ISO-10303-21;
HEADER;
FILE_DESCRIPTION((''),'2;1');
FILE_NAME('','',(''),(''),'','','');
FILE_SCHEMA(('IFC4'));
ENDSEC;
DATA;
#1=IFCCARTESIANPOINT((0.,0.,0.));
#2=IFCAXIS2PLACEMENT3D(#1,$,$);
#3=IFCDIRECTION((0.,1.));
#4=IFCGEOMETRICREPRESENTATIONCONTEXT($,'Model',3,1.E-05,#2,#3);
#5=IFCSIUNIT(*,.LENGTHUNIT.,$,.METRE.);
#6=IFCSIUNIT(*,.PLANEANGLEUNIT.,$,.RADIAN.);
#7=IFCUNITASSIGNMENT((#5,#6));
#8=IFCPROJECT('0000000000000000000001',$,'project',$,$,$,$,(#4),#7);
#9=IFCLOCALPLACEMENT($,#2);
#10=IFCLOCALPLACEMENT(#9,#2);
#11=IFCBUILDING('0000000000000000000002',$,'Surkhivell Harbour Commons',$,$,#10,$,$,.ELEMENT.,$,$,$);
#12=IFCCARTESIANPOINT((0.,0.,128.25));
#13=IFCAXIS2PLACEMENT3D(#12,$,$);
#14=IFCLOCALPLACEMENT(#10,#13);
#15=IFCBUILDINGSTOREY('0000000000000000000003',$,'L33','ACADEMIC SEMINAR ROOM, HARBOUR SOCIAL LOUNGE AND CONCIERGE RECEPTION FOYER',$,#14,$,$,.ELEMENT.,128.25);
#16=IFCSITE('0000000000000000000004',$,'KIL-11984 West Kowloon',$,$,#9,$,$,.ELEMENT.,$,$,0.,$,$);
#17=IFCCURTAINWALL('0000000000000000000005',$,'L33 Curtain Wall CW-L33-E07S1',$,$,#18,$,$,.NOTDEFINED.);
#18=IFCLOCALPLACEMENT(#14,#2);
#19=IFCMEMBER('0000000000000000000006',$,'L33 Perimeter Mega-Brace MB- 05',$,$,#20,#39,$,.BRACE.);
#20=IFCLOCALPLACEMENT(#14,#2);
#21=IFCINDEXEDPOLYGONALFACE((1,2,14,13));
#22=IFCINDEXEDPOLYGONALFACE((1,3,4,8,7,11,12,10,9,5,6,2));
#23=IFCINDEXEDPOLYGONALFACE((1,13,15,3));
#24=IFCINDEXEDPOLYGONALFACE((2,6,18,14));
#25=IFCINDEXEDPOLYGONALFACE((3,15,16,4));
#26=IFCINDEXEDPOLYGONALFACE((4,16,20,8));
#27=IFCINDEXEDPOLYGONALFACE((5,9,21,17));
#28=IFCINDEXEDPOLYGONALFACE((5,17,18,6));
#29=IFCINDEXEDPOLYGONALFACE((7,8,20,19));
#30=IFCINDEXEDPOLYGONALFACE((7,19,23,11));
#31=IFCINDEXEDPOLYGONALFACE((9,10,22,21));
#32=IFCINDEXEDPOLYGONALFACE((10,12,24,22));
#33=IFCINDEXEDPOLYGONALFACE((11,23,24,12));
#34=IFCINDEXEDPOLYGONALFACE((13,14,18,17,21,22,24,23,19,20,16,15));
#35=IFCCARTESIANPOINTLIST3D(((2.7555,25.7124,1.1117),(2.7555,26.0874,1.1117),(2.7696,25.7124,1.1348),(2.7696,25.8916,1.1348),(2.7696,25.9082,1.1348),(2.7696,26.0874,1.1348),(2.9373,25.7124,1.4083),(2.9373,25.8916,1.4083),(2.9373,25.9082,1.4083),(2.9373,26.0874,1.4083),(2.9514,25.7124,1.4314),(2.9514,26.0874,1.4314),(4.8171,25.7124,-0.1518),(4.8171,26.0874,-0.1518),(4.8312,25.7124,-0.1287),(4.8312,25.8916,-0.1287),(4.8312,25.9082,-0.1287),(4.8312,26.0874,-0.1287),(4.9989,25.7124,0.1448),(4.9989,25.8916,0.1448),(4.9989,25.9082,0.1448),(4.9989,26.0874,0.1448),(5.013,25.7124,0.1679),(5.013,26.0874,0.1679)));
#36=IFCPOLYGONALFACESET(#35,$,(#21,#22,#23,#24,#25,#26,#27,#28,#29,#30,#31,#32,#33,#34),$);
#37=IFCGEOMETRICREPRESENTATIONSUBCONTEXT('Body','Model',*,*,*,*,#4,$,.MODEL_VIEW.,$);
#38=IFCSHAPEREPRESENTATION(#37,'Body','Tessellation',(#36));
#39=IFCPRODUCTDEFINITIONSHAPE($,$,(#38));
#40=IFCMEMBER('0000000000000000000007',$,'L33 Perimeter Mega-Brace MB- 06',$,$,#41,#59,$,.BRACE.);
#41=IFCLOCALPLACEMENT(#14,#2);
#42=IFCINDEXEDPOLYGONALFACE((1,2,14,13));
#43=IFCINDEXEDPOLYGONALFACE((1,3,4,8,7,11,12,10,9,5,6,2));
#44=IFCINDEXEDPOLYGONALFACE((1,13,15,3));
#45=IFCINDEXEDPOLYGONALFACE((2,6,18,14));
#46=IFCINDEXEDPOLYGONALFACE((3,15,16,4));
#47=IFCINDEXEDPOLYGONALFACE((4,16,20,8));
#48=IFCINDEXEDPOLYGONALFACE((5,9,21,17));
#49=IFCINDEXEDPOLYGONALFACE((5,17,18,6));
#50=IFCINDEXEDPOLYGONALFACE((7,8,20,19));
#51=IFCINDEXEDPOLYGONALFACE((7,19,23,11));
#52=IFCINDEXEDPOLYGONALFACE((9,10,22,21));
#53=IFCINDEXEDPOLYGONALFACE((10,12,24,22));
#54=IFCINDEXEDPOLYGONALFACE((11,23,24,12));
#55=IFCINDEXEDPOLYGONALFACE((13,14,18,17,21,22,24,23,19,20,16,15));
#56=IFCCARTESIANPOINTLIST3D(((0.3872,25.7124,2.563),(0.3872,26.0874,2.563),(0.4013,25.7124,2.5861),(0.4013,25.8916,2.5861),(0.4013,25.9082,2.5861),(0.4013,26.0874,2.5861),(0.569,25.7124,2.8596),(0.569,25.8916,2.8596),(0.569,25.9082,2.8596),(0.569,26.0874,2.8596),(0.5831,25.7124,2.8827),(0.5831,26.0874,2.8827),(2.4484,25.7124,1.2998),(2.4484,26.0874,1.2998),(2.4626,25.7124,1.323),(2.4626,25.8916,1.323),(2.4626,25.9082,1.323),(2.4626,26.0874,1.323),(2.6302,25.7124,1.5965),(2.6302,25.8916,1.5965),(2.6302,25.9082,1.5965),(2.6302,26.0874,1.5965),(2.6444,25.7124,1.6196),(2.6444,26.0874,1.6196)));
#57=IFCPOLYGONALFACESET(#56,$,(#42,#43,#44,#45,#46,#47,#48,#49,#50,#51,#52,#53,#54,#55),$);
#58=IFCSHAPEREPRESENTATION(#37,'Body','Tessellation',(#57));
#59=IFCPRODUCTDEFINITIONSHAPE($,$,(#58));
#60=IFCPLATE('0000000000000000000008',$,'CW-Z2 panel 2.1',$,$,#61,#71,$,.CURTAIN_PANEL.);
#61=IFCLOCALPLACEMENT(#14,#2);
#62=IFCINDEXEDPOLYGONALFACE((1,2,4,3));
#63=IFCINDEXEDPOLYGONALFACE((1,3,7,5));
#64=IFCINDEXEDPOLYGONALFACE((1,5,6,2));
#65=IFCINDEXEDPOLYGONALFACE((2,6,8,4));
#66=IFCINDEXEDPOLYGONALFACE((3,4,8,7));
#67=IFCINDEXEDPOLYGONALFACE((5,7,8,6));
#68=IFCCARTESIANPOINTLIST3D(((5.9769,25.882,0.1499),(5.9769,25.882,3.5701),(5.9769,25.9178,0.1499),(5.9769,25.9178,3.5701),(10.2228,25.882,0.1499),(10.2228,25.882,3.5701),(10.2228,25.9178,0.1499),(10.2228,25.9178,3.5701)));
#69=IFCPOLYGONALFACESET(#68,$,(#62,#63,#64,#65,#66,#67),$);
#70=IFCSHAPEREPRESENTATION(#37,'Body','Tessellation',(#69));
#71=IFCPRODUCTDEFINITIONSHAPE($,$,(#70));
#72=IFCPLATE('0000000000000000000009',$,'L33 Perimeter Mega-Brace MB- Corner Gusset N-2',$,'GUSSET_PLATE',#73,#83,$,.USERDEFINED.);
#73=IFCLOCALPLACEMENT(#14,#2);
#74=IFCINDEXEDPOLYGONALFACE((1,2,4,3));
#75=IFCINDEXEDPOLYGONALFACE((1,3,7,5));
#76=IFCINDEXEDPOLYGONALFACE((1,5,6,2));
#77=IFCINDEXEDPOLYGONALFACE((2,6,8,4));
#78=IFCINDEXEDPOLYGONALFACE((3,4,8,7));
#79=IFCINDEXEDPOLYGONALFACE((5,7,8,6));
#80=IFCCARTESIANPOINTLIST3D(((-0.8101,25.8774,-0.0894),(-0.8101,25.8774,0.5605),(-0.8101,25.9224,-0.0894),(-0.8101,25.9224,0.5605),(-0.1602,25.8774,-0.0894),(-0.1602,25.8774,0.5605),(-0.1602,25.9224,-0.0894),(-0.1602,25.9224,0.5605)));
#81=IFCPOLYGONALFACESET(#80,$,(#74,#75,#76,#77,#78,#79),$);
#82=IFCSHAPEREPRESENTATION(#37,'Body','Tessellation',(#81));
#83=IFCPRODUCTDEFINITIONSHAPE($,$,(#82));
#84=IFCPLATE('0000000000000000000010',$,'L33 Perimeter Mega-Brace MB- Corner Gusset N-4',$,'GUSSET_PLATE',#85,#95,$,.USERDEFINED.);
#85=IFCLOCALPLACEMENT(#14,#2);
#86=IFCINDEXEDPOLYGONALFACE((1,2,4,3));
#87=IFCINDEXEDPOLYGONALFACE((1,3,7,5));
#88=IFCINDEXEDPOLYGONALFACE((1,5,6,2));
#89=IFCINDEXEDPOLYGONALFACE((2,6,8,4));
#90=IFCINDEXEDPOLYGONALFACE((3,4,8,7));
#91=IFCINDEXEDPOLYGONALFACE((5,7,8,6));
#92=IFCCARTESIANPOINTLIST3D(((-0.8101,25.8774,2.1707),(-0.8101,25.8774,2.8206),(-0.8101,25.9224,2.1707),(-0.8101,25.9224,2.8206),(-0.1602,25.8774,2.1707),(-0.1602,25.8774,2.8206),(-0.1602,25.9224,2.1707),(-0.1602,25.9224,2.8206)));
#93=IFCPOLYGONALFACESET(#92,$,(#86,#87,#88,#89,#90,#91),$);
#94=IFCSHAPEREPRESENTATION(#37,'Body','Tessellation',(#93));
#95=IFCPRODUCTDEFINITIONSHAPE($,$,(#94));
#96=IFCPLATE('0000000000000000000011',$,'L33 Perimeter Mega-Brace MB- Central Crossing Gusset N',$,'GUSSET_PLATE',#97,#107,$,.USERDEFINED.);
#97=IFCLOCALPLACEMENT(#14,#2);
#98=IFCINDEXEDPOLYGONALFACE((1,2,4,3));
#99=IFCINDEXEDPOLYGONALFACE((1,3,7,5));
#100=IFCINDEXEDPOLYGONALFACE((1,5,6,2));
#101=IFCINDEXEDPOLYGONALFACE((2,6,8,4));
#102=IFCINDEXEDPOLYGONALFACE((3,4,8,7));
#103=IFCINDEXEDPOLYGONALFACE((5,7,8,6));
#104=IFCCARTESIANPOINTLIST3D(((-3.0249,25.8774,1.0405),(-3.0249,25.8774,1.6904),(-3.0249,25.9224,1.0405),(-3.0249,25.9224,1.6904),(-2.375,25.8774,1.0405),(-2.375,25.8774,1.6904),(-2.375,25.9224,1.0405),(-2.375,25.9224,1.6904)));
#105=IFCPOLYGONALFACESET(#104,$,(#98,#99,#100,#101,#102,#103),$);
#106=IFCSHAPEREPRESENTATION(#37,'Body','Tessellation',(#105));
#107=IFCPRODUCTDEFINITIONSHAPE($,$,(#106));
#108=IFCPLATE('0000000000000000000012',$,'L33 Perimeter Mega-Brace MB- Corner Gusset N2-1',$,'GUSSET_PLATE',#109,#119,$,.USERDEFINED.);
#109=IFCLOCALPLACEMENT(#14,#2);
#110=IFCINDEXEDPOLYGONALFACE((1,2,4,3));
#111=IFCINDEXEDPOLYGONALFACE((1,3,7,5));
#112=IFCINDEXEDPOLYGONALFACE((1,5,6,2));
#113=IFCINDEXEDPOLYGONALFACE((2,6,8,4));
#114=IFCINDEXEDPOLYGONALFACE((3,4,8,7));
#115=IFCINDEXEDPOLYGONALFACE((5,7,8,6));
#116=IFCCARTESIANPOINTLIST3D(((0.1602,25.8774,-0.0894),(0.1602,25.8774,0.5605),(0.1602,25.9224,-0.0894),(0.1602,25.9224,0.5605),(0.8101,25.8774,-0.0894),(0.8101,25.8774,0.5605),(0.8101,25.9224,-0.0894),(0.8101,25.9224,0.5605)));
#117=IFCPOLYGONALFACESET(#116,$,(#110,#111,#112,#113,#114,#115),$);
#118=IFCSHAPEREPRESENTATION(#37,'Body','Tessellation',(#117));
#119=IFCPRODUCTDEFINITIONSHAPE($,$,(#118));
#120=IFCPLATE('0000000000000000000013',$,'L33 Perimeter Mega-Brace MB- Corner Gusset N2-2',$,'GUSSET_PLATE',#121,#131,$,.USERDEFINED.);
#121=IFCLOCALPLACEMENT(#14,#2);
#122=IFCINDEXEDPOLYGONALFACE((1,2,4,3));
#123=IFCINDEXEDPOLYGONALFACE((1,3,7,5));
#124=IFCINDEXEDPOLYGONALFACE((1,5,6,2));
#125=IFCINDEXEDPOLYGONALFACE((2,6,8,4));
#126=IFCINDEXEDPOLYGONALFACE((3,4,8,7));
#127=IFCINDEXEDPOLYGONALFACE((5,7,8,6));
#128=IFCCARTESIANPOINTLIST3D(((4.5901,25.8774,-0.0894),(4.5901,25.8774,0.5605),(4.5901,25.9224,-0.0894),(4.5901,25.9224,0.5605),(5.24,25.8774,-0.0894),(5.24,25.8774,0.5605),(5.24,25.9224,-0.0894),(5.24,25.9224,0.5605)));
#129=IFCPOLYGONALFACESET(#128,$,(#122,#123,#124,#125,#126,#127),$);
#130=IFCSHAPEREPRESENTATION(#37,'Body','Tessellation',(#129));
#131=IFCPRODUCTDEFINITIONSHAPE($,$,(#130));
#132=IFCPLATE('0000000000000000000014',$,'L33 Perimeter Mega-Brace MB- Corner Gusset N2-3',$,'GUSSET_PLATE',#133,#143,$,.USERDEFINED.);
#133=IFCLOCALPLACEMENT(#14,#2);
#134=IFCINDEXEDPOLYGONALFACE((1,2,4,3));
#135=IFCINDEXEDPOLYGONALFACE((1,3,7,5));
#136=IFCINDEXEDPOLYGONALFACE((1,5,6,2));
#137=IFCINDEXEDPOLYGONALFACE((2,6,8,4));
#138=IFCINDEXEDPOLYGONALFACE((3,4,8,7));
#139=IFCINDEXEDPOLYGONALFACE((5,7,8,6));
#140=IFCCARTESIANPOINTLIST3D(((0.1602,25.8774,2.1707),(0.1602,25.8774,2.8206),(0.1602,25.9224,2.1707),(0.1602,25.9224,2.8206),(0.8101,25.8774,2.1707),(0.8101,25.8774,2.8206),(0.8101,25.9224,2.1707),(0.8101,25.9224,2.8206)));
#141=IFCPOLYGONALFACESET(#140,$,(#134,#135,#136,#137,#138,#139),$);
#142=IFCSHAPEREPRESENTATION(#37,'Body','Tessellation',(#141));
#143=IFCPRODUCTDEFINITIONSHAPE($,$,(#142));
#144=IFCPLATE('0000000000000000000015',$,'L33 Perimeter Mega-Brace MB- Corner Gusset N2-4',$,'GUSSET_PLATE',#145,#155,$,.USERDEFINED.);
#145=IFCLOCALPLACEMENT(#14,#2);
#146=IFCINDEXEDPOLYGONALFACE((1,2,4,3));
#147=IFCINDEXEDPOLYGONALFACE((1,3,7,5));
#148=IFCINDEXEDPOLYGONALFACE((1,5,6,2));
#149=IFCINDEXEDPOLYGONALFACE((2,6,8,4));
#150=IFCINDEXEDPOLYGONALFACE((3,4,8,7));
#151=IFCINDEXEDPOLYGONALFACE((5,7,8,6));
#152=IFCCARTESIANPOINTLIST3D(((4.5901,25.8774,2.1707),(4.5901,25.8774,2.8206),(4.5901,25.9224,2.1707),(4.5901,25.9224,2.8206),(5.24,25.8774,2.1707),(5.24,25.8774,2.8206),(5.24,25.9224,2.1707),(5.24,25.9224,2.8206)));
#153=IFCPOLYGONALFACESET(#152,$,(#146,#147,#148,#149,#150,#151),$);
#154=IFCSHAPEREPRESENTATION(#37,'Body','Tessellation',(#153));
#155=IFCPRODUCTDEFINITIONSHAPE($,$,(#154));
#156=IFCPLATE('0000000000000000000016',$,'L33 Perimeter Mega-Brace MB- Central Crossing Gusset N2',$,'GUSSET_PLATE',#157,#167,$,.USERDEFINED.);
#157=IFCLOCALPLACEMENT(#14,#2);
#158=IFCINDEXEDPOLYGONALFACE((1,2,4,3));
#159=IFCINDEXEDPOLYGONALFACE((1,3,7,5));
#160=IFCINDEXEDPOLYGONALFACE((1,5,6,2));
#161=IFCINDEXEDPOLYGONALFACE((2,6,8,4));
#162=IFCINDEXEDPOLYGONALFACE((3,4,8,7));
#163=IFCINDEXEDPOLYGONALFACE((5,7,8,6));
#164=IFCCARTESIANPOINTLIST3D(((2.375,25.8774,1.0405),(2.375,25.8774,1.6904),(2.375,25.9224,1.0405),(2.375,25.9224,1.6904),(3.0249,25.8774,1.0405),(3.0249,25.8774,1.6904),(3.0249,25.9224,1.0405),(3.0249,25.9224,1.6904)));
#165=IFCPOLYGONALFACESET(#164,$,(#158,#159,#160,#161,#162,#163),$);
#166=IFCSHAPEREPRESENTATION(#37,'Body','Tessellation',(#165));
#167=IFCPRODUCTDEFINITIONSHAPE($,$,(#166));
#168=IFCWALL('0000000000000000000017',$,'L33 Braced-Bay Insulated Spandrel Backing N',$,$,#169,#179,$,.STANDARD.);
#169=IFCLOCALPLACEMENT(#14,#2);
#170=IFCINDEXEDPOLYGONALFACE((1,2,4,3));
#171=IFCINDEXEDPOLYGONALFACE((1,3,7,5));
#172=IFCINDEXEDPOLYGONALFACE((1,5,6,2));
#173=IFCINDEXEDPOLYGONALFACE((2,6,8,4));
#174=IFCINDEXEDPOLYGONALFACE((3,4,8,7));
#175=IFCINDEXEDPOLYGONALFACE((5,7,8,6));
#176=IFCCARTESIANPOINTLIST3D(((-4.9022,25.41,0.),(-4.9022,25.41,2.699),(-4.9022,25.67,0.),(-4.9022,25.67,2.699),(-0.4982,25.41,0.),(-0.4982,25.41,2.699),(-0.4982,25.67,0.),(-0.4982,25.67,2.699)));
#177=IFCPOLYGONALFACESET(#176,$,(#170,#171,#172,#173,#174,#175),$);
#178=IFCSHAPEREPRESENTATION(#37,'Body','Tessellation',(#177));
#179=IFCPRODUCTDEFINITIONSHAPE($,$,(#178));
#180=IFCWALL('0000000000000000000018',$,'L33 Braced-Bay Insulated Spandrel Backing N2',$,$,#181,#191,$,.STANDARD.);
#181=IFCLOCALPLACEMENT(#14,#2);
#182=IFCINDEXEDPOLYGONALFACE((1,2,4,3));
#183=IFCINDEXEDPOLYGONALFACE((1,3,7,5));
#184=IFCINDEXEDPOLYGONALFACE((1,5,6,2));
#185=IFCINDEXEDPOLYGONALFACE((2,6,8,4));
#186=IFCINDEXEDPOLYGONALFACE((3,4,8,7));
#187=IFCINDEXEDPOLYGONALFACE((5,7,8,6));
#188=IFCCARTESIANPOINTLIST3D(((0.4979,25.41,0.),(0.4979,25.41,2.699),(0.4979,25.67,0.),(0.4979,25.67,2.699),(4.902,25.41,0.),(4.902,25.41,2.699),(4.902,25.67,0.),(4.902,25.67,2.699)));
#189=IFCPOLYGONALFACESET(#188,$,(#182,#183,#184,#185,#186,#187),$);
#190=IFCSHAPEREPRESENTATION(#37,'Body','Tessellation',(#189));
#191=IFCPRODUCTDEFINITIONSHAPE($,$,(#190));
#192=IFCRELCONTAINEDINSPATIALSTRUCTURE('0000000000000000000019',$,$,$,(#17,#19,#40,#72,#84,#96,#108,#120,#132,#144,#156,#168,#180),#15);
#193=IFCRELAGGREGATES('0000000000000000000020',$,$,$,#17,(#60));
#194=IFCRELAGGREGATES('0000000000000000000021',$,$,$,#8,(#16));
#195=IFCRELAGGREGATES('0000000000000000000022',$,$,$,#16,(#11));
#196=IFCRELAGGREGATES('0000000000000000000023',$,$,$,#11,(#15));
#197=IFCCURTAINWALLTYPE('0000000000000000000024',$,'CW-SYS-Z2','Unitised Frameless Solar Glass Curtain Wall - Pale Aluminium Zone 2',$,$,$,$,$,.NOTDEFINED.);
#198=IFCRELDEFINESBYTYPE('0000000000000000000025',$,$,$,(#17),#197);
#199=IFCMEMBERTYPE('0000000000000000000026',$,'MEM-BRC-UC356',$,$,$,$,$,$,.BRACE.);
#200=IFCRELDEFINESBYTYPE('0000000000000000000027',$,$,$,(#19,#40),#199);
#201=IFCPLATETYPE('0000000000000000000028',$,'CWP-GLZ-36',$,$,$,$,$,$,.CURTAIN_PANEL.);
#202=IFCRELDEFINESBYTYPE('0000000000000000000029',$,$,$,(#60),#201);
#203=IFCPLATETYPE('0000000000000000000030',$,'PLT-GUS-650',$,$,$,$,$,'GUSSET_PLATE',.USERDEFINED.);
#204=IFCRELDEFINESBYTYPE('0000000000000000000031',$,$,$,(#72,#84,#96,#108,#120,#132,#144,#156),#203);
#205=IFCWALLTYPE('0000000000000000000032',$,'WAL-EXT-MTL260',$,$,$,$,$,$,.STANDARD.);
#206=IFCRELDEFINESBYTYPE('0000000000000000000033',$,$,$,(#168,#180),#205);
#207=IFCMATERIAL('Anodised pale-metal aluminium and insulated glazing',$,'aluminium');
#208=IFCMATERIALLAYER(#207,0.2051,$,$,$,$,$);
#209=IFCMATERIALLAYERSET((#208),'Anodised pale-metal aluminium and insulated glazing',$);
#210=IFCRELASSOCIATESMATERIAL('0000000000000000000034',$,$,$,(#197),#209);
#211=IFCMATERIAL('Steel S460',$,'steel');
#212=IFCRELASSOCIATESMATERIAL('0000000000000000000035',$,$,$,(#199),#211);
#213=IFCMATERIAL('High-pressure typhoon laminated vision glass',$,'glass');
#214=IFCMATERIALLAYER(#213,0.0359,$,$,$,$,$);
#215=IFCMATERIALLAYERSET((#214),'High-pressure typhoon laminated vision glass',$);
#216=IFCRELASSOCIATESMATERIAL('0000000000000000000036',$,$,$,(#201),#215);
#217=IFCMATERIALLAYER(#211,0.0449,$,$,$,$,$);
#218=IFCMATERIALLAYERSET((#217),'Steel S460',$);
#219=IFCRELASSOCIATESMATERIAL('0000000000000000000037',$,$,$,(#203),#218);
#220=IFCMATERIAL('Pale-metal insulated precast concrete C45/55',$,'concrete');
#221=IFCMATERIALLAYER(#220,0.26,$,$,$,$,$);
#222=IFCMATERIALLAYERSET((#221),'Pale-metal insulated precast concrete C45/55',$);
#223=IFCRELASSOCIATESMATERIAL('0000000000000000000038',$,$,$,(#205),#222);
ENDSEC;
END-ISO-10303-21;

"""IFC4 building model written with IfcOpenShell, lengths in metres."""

from ifc_helpers import new_model, si_unit, direction, frame, frame_2d, origin, origin_2d, place, context, subcontext, project, spatial, rectangle, i_section, extrude, material, layer, layer_set, material_profile, profile_set, type_object, element, aggregate, save


model = new_model("IFC4")

# Units and contexts
model_context = context("Model", 3, precision=1e-05, world=origin(), true_north=direction((0.0, 1.0)))
body_context = subcontext(model_context, "Body", "Model", "MODEL_VIEW")
ifc_project = project(units=[si_unit("LENGTHUNIT", "METRE"), si_unit("PLANEANGLEUNIT", "RADIAN")], contexts=[model_context])

# Site, building, storey
site_placement = place(None, origin())
site = spatial("IfcSite", under=ifc_project, at=site_placement, Name="KIL-11984 West Kowloon", CompositionType="ELEMENT", RefElevation=0.0)
building_placement = place(site_placement, origin())
building = spatial("IfcBuilding", under=site, at=building_placement, Name="Surkhivell Harbour Commons", CompositionType="ELEMENT")
storey_placement = place(building_placement, frame((0.0, 0.0, 128.25)))
storey = spatial("IfcBuildingStorey", under=building, at=storey_placement, Name="L33", Description="ACADEMIC SEMINAR ROOM, HARBOUR SOCIAL LOUNGE AND CONCIERGE RECEPTION FOYER", CompositionType="ELEMENT", Elevation=128.25)

# Shared definitions
ifc_material_1 = material(Name="Steel S460", Category="steel")

# Curtain wall
ifc_material_2 = material(Name="Anodised pale-metal aluminium and insulated glazing", Category="aluminium")
ifc_layer_1 = layer(ifc_material_2, 0.2051)
ifc_layer_set_1 = layer_set([ifc_layer_1], Name="Anodised pale-metal aluminium and insulated glazing")
curtain_wall_type = type_object("IfcCurtainWallType", Name="CW-SYS-Z2", Description="Unitised Frameless Solar Glass Curtain Wall - Pale Aluminium Zone 2", PredefinedType="NOTDEFINED", material=ifc_layer_set_1)
curtain_wall_placement = place(storey_placement, origin())
curtain_wall = element("IfcCurtainWall", 1, at=curtain_wall_placement, inside=storey, type_object=curtain_wall_type, Name="L33 Curtain Wall CW-L33-E07S1", PredefinedType="NOTDEFINED")

# Members
ifc_material_profile_1 = material_profile(ifc_material_1, i_section(OverallWidth=0.375, OverallDepth=0.375, WebThickness=0.0166, FlangeThickness=0.0271, at=origin_2d()), Name="UC356x368x202")
ifc_profile_set_1 = profile_set([ifc_material_profile_1], Name="Steel S460")
member_type_1 = type_object("IfcMemberType", Name="MEM-BRC-UC356", PredefinedType="BRACE", material=ifc_profile_set_1)
member_1_placement = place(storey_placement, frame((4.915, 25.8999, 0.0081), z_axis=(-0.852617, 0.0, 0.522536), x_axis=(0.0, -1.0, 0.0)))
element("IfcMember", 2, at=member_1_placement, inside=storey, type_object=member_type_1, Name="L33 Perimeter Mega-Brace MB- 05", PredefinedType="BRACE", context=body_context, shape_type="SweptSolid", body=[
    extrude(i_section(OverallWidth=0.375, OverallDepth=0.375, WebThickness=0.0166, FlangeThickness=0.0271, at=origin_2d()), origin(), (0.0, 0.0, 1.0), 2.418),
])
member_2_placement = place(storey_placement, frame((2.5464, 25.8999, 1.4597), z_axis=(-0.852635, 0.0, 0.522508), x_axis=(0.0, -1.0, 0.0)))
element("IfcMember", 3, at=member_2_placement, inside=storey, type_object=member_type_1, Name="L33 Perimeter Mega-Brace MB- 06", PredefinedType="BRACE", context=body_context, shape_type="SweptSolid", body=[
    extrude(i_section(OverallWidth=0.375, OverallDepth=0.375, WebThickness=0.0166, FlangeThickness=0.0271, at=origin_2d()), origin(), (0.0, 0.0, 1.0), 2.4175),
])

# Plate
ifc_material_3 = material(Name="High-pressure typhoon laminated vision glass", Category="glass")
ifc_layer_2 = layer(ifc_material_3, 0.0359)
ifc_layer_set_2 = layer_set([ifc_layer_2], Name="High-pressure typhoon laminated vision glass")
plate_type_1 = type_object("IfcPlateType", Name="CWP-GLZ-36", PredefinedType="CURTAIN_PANEL", material=ifc_layer_set_2)
plate_placement = place(storey_placement, frame((10.2229, 25.8999, 0.1499), z_axis=(0.0, 0.0, 1.0), x_axis=(-1.0, 0.0, 0.0)))
plate = element("IfcPlate", 4, at=plate_placement, type_object=plate_type_1, Name="CW-Z2 panel 2.1", PredefinedType="CURTAIN_PANEL", context=body_context, shape_type="SweptSolid", body=[
    extrude(rectangle(XDim=4.2458, YDim=0.0359, at=frame_2d((2.123, 0.0))), origin(), (0.0, 0.0, 1.0), 3.4202),
])
aggregate(curtain_wall, [plate])

# Plates
ifc_layer_3 = layer(ifc_material_1, 0.0449)
ifc_layer_set_3 = layer_set([ifc_layer_3], Name="Steel S460")
plate_type_2 = type_object("IfcPlateType", Name="PLT-GUS-650", ElementType="GUSSET_PLATE", PredefinedType="USERDEFINED", material=ifc_layer_set_3)
for number, where, z_axis, x_axis, name in (
    (5, (-0.4851, 25.8999, -0.0894), (0.0, 0.0, 1.0), (1.0, 0.0, 0.0), "L33 Perimeter Mega-Brace MB- Corner Gusset N-2"),
    (6, (-0.4851, 25.8999, 2.1707), (0.0, 0.0, 1.0), (1.0, 0.0, 0.0), "L33 Perimeter Mega-Brace MB- Corner Gusset N-4"),
    (7, (-2.7, 25.8999, 1.0405), (0.0, 0.0, 1.0), (1.0, 0.0, 0.0), "L33 Perimeter Mega-Brace MB- Central Crossing Gusset N"),
    (8, (0.4851, 25.8999, -0.0894), (0.0, 0.0, 1.0), (1.0, 0.0, 0.0), "L33 Perimeter Mega-Brace MB- Corner Gusset N2-1"),
    (9, (4.915, 25.8999, -0.0894), (0.0, 0.0, 1.0), (1.0, 0.0, 0.0), "L33 Perimeter Mega-Brace MB- Corner Gusset N2-2"),
    (10, (0.4851, 25.8999, 2.1707), (0.0, 0.0, 1.0), (1.0, 0.0, 0.0), "L33 Perimeter Mega-Brace MB- Corner Gusset N2-3"),
    (11, (4.915, 25.8999, 2.1707), (0.0, 0.0, 1.0), (1.0, 0.0, 0.0), "L33 Perimeter Mega-Brace MB- Corner Gusset N2-4"),
    (12, (2.7, 25.8999, 1.0405), (0.0, 0.0, 1.0), (1.0, 0.0, 0.0), "L33 Perimeter Mega-Brace MB- Central Crossing Gusset N2"),
):
    element("IfcPlate", number, at=place(storey_placement, frame(where, z_axis=z_axis, x_axis=x_axis)), inside=storey, type_object=plate_type_2, Name=name, ObjectType="GUSSET_PLATE", PredefinedType="USERDEFINED", context=body_context, shape_type="SweptSolid", body=[
        extrude(rectangle(XDim=0.6499, YDim=0.0449, at=origin_2d()), origin(), (0.0, 0.0, 1.0), 0.6499),
    ])

# Walls
ifc_material_4 = material(Name="Pale-metal insulated precast concrete C45/55", Category="concrete")
ifc_layer_4 = layer(ifc_material_4, 0.26)
ifc_layer_set_4 = layer_set([ifc_layer_4], Name="Pale-metal insulated precast concrete C45/55")
wall_type = type_object("IfcWallType", Name="WAL-EXT-MTL260", PredefinedType="STANDARD", material=ifc_layer_set_4)
for number, where, z_axis, x_axis, name in (
    (13, (-0.498, 25.54, 0.0), (0.0, 0.0, 1.0), (-1.0, 0.0, 0.0), "L33 Braced-Bay Insulated Spandrel Backing N"),
    (14, (4.9021, 25.54, 0.0), (0.0, 0.0, 1.0), (-1.0, 0.0, 0.0), "L33 Braced-Bay Insulated Spandrel Backing N2"),
):
    element("IfcWall", number, at=place(storey_placement, frame(where, z_axis=z_axis, x_axis=x_axis)), inside=storey, type_object=wall_type, Name=name, PredefinedType="STANDARD", context=body_context, shape_type="SweptSolid", body=[
        extrude(rectangle(XDim=4.4041, YDim=0.26, at=frame_2d((2.2021, 0.0))), origin(), (0.0, 0.0, 1.0), 2.699),
    ])

save(model, "model.ifc")
